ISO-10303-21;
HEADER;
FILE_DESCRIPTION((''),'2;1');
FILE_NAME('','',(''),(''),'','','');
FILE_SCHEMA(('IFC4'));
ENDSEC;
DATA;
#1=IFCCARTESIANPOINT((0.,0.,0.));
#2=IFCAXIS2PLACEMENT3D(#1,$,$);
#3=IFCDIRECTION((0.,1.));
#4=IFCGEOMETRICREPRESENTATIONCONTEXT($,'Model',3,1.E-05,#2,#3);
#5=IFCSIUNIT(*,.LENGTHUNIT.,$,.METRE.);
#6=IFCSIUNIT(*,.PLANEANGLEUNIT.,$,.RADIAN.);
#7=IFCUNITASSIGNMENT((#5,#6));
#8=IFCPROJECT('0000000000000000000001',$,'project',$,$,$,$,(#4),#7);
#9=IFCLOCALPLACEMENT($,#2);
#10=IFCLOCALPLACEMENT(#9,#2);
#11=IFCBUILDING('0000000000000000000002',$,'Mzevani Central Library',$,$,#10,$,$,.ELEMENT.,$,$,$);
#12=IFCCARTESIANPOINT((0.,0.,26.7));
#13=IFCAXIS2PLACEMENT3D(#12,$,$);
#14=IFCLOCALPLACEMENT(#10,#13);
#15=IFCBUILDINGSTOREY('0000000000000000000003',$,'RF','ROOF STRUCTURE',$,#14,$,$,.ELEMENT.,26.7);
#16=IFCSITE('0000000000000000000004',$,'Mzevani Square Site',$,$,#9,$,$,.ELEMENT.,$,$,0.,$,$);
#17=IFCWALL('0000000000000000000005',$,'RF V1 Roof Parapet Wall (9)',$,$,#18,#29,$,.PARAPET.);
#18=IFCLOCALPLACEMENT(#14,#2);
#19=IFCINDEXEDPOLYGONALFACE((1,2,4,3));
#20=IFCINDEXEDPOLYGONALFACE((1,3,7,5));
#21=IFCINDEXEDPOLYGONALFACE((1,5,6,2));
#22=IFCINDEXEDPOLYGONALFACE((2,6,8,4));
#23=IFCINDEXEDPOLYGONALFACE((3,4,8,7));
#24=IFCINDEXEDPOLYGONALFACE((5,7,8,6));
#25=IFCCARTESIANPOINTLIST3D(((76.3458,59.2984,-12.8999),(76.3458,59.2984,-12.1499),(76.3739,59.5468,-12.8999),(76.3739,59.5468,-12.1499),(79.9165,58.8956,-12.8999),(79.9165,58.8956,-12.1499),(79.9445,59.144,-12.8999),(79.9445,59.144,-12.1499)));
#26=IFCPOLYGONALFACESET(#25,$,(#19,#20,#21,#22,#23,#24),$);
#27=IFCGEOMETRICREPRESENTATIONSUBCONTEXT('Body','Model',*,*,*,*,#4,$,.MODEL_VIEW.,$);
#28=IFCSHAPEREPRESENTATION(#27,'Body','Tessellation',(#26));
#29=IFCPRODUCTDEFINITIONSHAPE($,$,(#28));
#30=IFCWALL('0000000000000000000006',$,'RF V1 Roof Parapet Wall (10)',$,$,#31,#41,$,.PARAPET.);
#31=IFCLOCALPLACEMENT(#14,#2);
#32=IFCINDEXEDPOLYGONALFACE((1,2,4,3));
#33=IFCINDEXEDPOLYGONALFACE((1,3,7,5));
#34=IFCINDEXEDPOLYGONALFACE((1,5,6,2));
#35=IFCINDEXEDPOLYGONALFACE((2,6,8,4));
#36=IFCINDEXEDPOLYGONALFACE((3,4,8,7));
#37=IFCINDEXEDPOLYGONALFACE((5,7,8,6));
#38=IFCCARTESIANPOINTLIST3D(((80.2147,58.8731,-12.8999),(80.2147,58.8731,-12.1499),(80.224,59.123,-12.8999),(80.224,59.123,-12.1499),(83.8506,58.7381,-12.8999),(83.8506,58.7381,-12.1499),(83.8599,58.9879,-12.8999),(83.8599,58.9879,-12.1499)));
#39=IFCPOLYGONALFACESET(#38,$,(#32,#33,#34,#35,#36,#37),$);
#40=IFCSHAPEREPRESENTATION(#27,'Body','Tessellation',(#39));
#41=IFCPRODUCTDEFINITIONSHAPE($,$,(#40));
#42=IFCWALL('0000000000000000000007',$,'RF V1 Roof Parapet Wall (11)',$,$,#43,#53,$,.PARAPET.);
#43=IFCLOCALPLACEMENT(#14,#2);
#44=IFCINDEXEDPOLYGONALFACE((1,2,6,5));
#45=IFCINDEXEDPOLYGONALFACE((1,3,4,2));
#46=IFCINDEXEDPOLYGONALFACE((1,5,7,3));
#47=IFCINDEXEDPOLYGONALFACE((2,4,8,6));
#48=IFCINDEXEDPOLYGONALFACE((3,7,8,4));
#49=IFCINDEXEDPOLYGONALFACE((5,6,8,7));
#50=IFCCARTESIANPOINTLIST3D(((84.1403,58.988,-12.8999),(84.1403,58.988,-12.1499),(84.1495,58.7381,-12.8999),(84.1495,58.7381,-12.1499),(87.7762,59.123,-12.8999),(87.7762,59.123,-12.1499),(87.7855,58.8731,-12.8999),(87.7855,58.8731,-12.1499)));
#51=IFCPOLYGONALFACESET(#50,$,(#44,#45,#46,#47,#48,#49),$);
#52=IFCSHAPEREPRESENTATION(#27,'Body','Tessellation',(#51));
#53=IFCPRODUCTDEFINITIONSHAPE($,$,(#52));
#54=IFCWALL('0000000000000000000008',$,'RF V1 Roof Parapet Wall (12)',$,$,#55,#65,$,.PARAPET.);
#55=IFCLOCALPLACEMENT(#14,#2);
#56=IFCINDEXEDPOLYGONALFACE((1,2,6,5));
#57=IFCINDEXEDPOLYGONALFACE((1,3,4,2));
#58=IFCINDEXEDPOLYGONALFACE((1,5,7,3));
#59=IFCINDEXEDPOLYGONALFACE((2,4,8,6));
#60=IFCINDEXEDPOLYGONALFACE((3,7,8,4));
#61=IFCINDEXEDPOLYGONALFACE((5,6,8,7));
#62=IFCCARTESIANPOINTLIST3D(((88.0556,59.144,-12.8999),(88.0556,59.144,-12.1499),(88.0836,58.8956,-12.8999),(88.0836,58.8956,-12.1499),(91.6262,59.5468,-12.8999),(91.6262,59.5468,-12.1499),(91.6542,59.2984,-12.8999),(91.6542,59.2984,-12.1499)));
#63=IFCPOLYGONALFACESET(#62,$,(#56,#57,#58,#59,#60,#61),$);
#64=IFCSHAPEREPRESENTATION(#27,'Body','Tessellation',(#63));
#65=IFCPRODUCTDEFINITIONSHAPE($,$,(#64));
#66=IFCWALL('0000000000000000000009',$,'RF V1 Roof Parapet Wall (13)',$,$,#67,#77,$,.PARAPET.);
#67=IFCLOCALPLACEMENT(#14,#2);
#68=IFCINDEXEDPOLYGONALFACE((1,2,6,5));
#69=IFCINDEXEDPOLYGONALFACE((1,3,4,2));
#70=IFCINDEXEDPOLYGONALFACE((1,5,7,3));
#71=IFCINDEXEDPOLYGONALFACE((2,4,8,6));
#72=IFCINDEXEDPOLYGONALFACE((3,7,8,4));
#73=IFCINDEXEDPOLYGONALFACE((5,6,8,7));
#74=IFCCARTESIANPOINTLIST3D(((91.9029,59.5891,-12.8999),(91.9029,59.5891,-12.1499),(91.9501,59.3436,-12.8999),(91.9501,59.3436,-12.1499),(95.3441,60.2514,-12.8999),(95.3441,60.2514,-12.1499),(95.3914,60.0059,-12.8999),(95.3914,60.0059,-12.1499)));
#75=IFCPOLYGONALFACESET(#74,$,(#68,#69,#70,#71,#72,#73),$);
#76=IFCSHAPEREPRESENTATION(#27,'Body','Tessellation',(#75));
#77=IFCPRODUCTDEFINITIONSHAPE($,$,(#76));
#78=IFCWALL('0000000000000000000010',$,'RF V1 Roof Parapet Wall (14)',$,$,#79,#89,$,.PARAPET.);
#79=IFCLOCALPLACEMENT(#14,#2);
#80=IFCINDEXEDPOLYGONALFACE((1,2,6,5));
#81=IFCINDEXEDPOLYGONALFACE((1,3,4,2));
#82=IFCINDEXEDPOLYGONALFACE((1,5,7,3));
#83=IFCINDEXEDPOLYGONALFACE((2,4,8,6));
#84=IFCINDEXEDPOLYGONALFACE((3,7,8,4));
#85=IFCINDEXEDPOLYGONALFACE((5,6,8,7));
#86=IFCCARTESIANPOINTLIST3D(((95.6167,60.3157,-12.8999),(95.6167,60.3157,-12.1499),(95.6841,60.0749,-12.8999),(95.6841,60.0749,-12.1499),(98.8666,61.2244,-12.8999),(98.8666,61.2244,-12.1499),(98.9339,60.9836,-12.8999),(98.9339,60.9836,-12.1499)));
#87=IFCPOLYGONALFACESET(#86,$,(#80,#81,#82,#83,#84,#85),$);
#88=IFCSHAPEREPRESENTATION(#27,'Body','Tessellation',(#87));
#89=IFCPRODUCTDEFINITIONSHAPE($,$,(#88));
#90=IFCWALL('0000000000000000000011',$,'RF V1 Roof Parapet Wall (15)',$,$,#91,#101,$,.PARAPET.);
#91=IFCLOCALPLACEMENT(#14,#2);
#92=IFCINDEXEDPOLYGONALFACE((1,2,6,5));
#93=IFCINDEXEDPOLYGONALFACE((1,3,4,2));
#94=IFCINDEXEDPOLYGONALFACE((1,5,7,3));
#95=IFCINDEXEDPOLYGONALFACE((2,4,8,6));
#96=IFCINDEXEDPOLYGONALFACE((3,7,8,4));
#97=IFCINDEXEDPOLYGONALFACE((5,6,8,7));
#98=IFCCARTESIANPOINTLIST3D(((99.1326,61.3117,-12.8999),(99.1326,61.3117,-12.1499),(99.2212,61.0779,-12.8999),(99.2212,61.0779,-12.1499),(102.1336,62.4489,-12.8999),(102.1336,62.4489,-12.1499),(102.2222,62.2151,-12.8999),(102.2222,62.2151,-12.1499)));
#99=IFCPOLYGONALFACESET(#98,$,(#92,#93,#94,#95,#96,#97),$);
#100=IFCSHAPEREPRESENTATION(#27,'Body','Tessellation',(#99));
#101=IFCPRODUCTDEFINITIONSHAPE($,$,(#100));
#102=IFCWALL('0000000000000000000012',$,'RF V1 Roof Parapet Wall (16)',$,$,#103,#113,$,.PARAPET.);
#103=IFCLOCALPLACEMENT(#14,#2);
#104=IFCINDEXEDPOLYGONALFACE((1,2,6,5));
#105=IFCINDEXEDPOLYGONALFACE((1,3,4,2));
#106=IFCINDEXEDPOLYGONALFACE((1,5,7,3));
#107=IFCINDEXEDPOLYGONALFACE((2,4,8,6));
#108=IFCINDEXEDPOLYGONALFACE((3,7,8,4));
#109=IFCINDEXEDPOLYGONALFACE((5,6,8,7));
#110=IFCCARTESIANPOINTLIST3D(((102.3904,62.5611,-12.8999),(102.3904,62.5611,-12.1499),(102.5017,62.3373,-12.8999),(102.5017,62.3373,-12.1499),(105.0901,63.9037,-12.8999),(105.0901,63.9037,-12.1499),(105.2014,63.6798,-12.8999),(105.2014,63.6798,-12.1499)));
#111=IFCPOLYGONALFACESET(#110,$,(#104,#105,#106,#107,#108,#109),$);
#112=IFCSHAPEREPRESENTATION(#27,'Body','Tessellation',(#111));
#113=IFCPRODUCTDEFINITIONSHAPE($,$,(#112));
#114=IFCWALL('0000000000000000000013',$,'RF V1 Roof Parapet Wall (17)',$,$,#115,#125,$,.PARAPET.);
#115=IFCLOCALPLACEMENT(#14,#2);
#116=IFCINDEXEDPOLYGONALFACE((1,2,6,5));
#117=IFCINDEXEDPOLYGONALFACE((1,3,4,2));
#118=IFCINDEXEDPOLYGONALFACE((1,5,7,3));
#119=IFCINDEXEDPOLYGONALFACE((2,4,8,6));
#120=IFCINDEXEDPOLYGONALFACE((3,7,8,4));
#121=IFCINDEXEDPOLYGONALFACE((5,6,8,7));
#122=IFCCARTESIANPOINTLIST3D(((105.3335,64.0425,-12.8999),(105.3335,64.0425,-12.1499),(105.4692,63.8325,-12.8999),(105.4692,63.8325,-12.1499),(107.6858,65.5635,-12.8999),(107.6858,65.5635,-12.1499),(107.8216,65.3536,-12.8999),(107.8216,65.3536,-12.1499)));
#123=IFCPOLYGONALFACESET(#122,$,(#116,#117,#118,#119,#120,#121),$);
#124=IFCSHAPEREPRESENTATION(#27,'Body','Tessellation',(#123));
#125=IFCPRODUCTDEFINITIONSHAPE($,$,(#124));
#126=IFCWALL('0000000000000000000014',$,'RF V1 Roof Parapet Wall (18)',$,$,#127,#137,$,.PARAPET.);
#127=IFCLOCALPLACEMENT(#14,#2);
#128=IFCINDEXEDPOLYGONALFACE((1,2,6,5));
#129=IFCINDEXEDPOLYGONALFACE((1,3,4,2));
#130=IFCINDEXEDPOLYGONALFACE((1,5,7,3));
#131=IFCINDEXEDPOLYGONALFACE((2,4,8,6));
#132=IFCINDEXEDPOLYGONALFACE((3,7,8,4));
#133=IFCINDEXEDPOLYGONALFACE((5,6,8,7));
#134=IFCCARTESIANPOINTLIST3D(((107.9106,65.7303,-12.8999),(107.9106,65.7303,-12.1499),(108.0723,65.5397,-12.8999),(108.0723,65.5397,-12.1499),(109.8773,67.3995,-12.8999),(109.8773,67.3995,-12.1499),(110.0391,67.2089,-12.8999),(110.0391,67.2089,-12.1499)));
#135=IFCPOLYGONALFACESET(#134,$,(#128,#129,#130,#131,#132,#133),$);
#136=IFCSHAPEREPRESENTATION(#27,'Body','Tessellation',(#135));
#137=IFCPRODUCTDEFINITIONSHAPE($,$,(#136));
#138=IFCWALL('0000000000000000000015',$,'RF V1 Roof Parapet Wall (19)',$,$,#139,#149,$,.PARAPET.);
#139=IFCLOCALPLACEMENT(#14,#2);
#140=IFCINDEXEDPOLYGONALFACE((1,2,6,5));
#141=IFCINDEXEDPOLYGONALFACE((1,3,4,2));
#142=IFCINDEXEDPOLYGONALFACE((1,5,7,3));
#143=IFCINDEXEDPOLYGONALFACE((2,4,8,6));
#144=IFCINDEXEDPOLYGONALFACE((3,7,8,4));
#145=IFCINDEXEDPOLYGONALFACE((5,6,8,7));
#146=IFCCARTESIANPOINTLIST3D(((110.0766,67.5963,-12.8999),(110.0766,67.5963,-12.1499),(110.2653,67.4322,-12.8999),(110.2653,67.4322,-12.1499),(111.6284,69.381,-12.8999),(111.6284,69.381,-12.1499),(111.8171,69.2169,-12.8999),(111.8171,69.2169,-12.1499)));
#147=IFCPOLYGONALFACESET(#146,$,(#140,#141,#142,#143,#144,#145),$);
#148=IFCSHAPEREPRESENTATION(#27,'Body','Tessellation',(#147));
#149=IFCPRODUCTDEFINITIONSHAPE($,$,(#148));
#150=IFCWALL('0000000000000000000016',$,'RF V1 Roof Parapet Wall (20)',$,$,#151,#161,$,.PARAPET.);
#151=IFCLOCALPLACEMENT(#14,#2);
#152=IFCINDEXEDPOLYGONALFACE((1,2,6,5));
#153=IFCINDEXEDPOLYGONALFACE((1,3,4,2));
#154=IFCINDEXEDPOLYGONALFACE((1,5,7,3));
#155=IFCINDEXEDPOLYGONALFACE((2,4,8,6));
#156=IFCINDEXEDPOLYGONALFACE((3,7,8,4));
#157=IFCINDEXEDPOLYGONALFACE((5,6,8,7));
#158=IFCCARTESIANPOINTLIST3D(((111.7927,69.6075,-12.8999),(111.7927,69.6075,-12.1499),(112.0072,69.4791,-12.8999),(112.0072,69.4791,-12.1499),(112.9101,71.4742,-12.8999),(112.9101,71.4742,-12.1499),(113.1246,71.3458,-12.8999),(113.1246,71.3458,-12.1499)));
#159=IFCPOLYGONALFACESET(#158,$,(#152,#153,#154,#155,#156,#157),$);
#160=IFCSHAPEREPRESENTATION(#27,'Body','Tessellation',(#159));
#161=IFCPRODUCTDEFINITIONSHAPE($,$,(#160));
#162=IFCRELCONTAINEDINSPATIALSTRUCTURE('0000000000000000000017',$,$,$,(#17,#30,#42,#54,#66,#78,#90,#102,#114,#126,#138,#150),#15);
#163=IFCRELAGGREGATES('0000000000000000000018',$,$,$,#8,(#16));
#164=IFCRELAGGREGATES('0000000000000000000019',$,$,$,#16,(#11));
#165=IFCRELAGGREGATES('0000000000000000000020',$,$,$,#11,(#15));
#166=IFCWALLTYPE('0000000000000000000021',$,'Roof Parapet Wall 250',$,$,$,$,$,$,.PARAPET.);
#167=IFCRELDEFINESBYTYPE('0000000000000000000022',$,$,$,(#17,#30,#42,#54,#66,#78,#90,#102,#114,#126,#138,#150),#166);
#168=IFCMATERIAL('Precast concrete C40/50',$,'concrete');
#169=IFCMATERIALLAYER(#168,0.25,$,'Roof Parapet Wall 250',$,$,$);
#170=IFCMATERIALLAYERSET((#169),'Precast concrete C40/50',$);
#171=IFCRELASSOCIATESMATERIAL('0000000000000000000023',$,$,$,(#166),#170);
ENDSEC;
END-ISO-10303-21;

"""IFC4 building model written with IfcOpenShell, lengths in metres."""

from ifc_helpers import new_model, si_unit, direction, frame, frame_2d, origin, place, context, subcontext, project, spatial, rectangle, extrude, material, layer, layer_set, type_object, element, save


model = new_model("IFC4")

# Units and contexts
model_context = context("Model", 3, precision=1e-05, world=origin(), true_north=direction((0.0, 1.0)))
body_context = subcontext(model_context, "Body", "Model", "MODEL_VIEW")
ifc_project = project(units=[si_unit("LENGTHUNIT", "METRE"), si_unit("PLANEANGLEUNIT", "RADIAN")], contexts=[model_context])

# Site, building, storey
site_placement = place(None, origin())
site = spatial("IfcSite", under=ifc_project, at=site_placement, Name="Mzevani Square Site", CompositionType="ELEMENT", RefElevation=0.0)
building_placement = place(site_placement, origin())
building = spatial("IfcBuilding", under=site, at=building_placement, Name="Mzevani Central Library", CompositionType="ELEMENT")
storey_placement = place(building_placement, frame((0.0, 0.0, 26.7)))
storey = spatial("IfcBuildingStorey", under=building, at=storey_placement, Name="RF", Description="ROOF STRUCTURE", CompositionType="ELEMENT", Elevation=26.7)

# Walls
ifc_material_1 = material(Name="Precast concrete C40/50", Category="concrete")
ifc_layer_1 = layer(ifc_material_1, 0.25, Name="Roof Parapet Wall 250")
ifc_layer_set_1 = layer_set([ifc_layer_1], Name="Precast concrete C40/50")
wall_type = type_object("IfcWallType", Name="Roof Parapet Wall 250", PredefinedType="PARAPET", material=ifc_layer_set_1)
wall_1_placement = place(storey_placement, frame((76.3599, 59.4226, -12.8999), z_axis=(0.0, 0.0, 1.0), x_axis=(0.993696, -0.112109, 0.0)))
element("IfcWall", 1, at=wall_1_placement, inside=storey, type_object=wall_type, Name="RF V1 Roof Parapet Wall (9)", PredefinedType="PARAPET", context=body_context, shape_type="SweptSolid", body=[
    extrude(rectangle(XDim=3.5933, YDim=0.25, at=frame_2d((1.7966, 0.0))), origin(), (0.0, 0.0, 1.0), 0.75),
])
for number, where, z_axis, x_axis, name in (
    (2, (80.2192, 58.998, -12.8999), (0.0, 0.0, 1.0), (0.999311, -0.037106, 0.0), "RF V1 Roof Parapet Wall (10)"),
    (3, (84.1448, 58.863, -12.8999), (0.0, 0.0, 1.0), (0.999311, 0.037106, 0.0), "RF V1 Roof Parapet Wall (11)"),
):
    element("IfcWall", number, at=place(storey_placement, frame(where, z_axis=z_axis, x_axis=x_axis)), inside=storey, type_object=wall_type, Name=name, PredefinedType="PARAPET", context=body_context, shape_type="SweptSolid", body=[
        extrude(rectangle(XDim=3.6384, YDim=0.25, at=frame_2d((1.8193, 0.0))), origin(), (0.0, 0.0, 1.0), 0.75),
    ])
wall_2_placement = place(storey_placement, frame((88.0696, 59.0198, -12.8999), z_axis=(0.0, 0.0, 1.0), x_axis=(0.993696, 0.112109, 0.0)))
element("IfcWall", 4, at=wall_2_placement, inside=storey, type_object=wall_type, Name="RF V1 Roof Parapet Wall (12)", PredefinedType="PARAPET", context=body_context, shape_type="SweptSolid", body=[
    extrude(rectangle(XDim=3.5933, YDim=0.25, at=frame_2d((1.7966, 0.0))), origin(), (0.0, 0.0, 1.0), 0.75),
])
wall_3_placement = place(storey_placement, frame((91.9265, 59.4663, -12.8999), z_axis=(0.0, 0.0, 1.0), x_axis=(0.981975, 0.18901, 0.0)))
element("IfcWall", 5, at=wall_3_placement, inside=storey, type_object=wall_type, Name="RF V1 Roof Parapet Wall (13)", PredefinedType="PARAPET", context=body_context, shape_type="SweptSolid", body=[
    extrude(rectangle(XDim=3.5044, YDim=0.25, at=frame_2d((1.7522, 0.0))), origin(), (0.0, 0.0, 1.0), 0.75),
])
wall_4_placement = place(storey_placement, frame((95.6504, 60.1953, -12.8999), z_axis=(0.0, 0.0, 1.0), x_axis=(0.963059, 0.269289, 0.0)))
element("IfcWall", 6, at=wall_4_placement, inside=storey, type_object=wall_type, Name="RF V1 Roof Parapet Wall (14)", PredefinedType="PARAPET", context=body_context, shape_type="SweptSolid", body=[
    extrude(rectangle(XDim=3.3745, YDim=0.25, at=frame_2d((1.6873, 0.0))), origin(), (0.0, 0.0, 1.0), 0.75),
])
wall_5_placement = place(storey_placement, frame((99.177, 61.1948, -12.8999), z_axis=(0.0, 0.0, 1.0), x_axis=(0.935111, 0.354356, 0.0)))
element("IfcWall", 7, at=wall_5_placement, inside=storey, type_object=wall_type, Name="RF V1 Roof Parapet Wall (15)", PredefinedType="PARAPET", context=body_context, shape_type="SweptSolid", body=[
    extrude(rectangle(XDim=3.2092, YDim=0.25, at=frame_2d((1.6045, 0.0))), origin(), (0.0, 0.0, 1.0), 0.75),
])
wall_6_placement = place(storey_placement, frame((102.446, 62.4492, -12.8999), z_axis=(0.0, 0.0, 1.0), x_axis=(0.895397, 0.445269, 0.0)))
element("IfcWall", 8, at=wall_6_placement, inside=storey, type_object=wall_type, Name="RF V1 Roof Parapet Wall (16)", PredefinedType="PARAPET", context=body_context, shape_type="SweptSolid", body=[
    extrude(rectangle(XDim=3.0151, YDim=0.25, at=frame_2d((1.5076, 0.0))), origin(), (0.0, 0.0, 1.0), 0.75),
])
wall_7_placement = place(storey_placement, frame((105.4014, 63.9375, -12.8999), z_axis=(0.0, 0.0, 1.0), x_axis=(0.839745, 0.54298, 0.0)))
element("IfcWall", 9, at=wall_7_placement, inside=storey, type_object=wall_type, Name="RF V1 Roof Parapet Wall (17)", PredefinedType="PARAPET", context=body_context, shape_type="SweptSolid", body=[
    extrude(rectangle(XDim=2.8013, YDim=0.25, at=frame_2d((1.4006, 0.0))), origin(), (0.0, 0.0, 1.0), 0.75),
])
wall_8_placement = place(storey_placement, frame((107.9915, 65.635, -12.8999), z_axis=(0.0, 0.0, 1.0), x_axis=(0.762434, 0.647066, 0.0)))
element("IfcWall", 10, at=wall_8_placement, inside=storey, type_object=wall_type, Name="RF V1 Roof Parapet Wall (18)", PredefinedType="PARAPET", context=body_context, shape_type="SweptSolid", body=[
    extrude(rectangle(XDim=2.5796, YDim=0.25, at=frame_2d((1.2898, 0.0))), origin(), (0.0, 0.0, 1.0), 0.75),
])
wall_9_placement = place(storey_placement, frame((110.1709, 67.5142, -12.8999), z_axis=(0.0, 0.0, 1.0), x_axis=(0.656148, 0.754632, 0.0)))
element("IfcWall", 11, at=wall_9_placement, inside=storey, type_object=wall_type, Name="RF V1 Roof Parapet Wall (19)", PredefinedType="PARAPET", context=body_context, shape_type="SweptSolid", body=[
    extrude(rectangle(XDim=2.365, YDim=0.25, at=frame_2d((1.1826, 0.0))), origin(), (0.0, 0.0, 1.0), 0.75),
])
wall_10_placement = place(storey_placement, frame((111.8999, 69.5432, -12.8999), z_axis=(0.0, 0.0, 1.0), x_axis=(0.513621, 0.858017, 0.0)))
element("IfcWall", 12, at=wall_10_placement, inside=storey, type_object=wall_type, Name="RF V1 Roof Parapet Wall (20)", PredefinedType="PARAPET", context=body_context, shape_type="SweptSolid", body=[
    extrude(rectangle(XDim=2.1755, YDim=0.25, at=frame_2d((1.0879, 0.0))), origin(), (0.0, 0.0, 1.0), 0.75),
])

save(model, "model.ifc")
